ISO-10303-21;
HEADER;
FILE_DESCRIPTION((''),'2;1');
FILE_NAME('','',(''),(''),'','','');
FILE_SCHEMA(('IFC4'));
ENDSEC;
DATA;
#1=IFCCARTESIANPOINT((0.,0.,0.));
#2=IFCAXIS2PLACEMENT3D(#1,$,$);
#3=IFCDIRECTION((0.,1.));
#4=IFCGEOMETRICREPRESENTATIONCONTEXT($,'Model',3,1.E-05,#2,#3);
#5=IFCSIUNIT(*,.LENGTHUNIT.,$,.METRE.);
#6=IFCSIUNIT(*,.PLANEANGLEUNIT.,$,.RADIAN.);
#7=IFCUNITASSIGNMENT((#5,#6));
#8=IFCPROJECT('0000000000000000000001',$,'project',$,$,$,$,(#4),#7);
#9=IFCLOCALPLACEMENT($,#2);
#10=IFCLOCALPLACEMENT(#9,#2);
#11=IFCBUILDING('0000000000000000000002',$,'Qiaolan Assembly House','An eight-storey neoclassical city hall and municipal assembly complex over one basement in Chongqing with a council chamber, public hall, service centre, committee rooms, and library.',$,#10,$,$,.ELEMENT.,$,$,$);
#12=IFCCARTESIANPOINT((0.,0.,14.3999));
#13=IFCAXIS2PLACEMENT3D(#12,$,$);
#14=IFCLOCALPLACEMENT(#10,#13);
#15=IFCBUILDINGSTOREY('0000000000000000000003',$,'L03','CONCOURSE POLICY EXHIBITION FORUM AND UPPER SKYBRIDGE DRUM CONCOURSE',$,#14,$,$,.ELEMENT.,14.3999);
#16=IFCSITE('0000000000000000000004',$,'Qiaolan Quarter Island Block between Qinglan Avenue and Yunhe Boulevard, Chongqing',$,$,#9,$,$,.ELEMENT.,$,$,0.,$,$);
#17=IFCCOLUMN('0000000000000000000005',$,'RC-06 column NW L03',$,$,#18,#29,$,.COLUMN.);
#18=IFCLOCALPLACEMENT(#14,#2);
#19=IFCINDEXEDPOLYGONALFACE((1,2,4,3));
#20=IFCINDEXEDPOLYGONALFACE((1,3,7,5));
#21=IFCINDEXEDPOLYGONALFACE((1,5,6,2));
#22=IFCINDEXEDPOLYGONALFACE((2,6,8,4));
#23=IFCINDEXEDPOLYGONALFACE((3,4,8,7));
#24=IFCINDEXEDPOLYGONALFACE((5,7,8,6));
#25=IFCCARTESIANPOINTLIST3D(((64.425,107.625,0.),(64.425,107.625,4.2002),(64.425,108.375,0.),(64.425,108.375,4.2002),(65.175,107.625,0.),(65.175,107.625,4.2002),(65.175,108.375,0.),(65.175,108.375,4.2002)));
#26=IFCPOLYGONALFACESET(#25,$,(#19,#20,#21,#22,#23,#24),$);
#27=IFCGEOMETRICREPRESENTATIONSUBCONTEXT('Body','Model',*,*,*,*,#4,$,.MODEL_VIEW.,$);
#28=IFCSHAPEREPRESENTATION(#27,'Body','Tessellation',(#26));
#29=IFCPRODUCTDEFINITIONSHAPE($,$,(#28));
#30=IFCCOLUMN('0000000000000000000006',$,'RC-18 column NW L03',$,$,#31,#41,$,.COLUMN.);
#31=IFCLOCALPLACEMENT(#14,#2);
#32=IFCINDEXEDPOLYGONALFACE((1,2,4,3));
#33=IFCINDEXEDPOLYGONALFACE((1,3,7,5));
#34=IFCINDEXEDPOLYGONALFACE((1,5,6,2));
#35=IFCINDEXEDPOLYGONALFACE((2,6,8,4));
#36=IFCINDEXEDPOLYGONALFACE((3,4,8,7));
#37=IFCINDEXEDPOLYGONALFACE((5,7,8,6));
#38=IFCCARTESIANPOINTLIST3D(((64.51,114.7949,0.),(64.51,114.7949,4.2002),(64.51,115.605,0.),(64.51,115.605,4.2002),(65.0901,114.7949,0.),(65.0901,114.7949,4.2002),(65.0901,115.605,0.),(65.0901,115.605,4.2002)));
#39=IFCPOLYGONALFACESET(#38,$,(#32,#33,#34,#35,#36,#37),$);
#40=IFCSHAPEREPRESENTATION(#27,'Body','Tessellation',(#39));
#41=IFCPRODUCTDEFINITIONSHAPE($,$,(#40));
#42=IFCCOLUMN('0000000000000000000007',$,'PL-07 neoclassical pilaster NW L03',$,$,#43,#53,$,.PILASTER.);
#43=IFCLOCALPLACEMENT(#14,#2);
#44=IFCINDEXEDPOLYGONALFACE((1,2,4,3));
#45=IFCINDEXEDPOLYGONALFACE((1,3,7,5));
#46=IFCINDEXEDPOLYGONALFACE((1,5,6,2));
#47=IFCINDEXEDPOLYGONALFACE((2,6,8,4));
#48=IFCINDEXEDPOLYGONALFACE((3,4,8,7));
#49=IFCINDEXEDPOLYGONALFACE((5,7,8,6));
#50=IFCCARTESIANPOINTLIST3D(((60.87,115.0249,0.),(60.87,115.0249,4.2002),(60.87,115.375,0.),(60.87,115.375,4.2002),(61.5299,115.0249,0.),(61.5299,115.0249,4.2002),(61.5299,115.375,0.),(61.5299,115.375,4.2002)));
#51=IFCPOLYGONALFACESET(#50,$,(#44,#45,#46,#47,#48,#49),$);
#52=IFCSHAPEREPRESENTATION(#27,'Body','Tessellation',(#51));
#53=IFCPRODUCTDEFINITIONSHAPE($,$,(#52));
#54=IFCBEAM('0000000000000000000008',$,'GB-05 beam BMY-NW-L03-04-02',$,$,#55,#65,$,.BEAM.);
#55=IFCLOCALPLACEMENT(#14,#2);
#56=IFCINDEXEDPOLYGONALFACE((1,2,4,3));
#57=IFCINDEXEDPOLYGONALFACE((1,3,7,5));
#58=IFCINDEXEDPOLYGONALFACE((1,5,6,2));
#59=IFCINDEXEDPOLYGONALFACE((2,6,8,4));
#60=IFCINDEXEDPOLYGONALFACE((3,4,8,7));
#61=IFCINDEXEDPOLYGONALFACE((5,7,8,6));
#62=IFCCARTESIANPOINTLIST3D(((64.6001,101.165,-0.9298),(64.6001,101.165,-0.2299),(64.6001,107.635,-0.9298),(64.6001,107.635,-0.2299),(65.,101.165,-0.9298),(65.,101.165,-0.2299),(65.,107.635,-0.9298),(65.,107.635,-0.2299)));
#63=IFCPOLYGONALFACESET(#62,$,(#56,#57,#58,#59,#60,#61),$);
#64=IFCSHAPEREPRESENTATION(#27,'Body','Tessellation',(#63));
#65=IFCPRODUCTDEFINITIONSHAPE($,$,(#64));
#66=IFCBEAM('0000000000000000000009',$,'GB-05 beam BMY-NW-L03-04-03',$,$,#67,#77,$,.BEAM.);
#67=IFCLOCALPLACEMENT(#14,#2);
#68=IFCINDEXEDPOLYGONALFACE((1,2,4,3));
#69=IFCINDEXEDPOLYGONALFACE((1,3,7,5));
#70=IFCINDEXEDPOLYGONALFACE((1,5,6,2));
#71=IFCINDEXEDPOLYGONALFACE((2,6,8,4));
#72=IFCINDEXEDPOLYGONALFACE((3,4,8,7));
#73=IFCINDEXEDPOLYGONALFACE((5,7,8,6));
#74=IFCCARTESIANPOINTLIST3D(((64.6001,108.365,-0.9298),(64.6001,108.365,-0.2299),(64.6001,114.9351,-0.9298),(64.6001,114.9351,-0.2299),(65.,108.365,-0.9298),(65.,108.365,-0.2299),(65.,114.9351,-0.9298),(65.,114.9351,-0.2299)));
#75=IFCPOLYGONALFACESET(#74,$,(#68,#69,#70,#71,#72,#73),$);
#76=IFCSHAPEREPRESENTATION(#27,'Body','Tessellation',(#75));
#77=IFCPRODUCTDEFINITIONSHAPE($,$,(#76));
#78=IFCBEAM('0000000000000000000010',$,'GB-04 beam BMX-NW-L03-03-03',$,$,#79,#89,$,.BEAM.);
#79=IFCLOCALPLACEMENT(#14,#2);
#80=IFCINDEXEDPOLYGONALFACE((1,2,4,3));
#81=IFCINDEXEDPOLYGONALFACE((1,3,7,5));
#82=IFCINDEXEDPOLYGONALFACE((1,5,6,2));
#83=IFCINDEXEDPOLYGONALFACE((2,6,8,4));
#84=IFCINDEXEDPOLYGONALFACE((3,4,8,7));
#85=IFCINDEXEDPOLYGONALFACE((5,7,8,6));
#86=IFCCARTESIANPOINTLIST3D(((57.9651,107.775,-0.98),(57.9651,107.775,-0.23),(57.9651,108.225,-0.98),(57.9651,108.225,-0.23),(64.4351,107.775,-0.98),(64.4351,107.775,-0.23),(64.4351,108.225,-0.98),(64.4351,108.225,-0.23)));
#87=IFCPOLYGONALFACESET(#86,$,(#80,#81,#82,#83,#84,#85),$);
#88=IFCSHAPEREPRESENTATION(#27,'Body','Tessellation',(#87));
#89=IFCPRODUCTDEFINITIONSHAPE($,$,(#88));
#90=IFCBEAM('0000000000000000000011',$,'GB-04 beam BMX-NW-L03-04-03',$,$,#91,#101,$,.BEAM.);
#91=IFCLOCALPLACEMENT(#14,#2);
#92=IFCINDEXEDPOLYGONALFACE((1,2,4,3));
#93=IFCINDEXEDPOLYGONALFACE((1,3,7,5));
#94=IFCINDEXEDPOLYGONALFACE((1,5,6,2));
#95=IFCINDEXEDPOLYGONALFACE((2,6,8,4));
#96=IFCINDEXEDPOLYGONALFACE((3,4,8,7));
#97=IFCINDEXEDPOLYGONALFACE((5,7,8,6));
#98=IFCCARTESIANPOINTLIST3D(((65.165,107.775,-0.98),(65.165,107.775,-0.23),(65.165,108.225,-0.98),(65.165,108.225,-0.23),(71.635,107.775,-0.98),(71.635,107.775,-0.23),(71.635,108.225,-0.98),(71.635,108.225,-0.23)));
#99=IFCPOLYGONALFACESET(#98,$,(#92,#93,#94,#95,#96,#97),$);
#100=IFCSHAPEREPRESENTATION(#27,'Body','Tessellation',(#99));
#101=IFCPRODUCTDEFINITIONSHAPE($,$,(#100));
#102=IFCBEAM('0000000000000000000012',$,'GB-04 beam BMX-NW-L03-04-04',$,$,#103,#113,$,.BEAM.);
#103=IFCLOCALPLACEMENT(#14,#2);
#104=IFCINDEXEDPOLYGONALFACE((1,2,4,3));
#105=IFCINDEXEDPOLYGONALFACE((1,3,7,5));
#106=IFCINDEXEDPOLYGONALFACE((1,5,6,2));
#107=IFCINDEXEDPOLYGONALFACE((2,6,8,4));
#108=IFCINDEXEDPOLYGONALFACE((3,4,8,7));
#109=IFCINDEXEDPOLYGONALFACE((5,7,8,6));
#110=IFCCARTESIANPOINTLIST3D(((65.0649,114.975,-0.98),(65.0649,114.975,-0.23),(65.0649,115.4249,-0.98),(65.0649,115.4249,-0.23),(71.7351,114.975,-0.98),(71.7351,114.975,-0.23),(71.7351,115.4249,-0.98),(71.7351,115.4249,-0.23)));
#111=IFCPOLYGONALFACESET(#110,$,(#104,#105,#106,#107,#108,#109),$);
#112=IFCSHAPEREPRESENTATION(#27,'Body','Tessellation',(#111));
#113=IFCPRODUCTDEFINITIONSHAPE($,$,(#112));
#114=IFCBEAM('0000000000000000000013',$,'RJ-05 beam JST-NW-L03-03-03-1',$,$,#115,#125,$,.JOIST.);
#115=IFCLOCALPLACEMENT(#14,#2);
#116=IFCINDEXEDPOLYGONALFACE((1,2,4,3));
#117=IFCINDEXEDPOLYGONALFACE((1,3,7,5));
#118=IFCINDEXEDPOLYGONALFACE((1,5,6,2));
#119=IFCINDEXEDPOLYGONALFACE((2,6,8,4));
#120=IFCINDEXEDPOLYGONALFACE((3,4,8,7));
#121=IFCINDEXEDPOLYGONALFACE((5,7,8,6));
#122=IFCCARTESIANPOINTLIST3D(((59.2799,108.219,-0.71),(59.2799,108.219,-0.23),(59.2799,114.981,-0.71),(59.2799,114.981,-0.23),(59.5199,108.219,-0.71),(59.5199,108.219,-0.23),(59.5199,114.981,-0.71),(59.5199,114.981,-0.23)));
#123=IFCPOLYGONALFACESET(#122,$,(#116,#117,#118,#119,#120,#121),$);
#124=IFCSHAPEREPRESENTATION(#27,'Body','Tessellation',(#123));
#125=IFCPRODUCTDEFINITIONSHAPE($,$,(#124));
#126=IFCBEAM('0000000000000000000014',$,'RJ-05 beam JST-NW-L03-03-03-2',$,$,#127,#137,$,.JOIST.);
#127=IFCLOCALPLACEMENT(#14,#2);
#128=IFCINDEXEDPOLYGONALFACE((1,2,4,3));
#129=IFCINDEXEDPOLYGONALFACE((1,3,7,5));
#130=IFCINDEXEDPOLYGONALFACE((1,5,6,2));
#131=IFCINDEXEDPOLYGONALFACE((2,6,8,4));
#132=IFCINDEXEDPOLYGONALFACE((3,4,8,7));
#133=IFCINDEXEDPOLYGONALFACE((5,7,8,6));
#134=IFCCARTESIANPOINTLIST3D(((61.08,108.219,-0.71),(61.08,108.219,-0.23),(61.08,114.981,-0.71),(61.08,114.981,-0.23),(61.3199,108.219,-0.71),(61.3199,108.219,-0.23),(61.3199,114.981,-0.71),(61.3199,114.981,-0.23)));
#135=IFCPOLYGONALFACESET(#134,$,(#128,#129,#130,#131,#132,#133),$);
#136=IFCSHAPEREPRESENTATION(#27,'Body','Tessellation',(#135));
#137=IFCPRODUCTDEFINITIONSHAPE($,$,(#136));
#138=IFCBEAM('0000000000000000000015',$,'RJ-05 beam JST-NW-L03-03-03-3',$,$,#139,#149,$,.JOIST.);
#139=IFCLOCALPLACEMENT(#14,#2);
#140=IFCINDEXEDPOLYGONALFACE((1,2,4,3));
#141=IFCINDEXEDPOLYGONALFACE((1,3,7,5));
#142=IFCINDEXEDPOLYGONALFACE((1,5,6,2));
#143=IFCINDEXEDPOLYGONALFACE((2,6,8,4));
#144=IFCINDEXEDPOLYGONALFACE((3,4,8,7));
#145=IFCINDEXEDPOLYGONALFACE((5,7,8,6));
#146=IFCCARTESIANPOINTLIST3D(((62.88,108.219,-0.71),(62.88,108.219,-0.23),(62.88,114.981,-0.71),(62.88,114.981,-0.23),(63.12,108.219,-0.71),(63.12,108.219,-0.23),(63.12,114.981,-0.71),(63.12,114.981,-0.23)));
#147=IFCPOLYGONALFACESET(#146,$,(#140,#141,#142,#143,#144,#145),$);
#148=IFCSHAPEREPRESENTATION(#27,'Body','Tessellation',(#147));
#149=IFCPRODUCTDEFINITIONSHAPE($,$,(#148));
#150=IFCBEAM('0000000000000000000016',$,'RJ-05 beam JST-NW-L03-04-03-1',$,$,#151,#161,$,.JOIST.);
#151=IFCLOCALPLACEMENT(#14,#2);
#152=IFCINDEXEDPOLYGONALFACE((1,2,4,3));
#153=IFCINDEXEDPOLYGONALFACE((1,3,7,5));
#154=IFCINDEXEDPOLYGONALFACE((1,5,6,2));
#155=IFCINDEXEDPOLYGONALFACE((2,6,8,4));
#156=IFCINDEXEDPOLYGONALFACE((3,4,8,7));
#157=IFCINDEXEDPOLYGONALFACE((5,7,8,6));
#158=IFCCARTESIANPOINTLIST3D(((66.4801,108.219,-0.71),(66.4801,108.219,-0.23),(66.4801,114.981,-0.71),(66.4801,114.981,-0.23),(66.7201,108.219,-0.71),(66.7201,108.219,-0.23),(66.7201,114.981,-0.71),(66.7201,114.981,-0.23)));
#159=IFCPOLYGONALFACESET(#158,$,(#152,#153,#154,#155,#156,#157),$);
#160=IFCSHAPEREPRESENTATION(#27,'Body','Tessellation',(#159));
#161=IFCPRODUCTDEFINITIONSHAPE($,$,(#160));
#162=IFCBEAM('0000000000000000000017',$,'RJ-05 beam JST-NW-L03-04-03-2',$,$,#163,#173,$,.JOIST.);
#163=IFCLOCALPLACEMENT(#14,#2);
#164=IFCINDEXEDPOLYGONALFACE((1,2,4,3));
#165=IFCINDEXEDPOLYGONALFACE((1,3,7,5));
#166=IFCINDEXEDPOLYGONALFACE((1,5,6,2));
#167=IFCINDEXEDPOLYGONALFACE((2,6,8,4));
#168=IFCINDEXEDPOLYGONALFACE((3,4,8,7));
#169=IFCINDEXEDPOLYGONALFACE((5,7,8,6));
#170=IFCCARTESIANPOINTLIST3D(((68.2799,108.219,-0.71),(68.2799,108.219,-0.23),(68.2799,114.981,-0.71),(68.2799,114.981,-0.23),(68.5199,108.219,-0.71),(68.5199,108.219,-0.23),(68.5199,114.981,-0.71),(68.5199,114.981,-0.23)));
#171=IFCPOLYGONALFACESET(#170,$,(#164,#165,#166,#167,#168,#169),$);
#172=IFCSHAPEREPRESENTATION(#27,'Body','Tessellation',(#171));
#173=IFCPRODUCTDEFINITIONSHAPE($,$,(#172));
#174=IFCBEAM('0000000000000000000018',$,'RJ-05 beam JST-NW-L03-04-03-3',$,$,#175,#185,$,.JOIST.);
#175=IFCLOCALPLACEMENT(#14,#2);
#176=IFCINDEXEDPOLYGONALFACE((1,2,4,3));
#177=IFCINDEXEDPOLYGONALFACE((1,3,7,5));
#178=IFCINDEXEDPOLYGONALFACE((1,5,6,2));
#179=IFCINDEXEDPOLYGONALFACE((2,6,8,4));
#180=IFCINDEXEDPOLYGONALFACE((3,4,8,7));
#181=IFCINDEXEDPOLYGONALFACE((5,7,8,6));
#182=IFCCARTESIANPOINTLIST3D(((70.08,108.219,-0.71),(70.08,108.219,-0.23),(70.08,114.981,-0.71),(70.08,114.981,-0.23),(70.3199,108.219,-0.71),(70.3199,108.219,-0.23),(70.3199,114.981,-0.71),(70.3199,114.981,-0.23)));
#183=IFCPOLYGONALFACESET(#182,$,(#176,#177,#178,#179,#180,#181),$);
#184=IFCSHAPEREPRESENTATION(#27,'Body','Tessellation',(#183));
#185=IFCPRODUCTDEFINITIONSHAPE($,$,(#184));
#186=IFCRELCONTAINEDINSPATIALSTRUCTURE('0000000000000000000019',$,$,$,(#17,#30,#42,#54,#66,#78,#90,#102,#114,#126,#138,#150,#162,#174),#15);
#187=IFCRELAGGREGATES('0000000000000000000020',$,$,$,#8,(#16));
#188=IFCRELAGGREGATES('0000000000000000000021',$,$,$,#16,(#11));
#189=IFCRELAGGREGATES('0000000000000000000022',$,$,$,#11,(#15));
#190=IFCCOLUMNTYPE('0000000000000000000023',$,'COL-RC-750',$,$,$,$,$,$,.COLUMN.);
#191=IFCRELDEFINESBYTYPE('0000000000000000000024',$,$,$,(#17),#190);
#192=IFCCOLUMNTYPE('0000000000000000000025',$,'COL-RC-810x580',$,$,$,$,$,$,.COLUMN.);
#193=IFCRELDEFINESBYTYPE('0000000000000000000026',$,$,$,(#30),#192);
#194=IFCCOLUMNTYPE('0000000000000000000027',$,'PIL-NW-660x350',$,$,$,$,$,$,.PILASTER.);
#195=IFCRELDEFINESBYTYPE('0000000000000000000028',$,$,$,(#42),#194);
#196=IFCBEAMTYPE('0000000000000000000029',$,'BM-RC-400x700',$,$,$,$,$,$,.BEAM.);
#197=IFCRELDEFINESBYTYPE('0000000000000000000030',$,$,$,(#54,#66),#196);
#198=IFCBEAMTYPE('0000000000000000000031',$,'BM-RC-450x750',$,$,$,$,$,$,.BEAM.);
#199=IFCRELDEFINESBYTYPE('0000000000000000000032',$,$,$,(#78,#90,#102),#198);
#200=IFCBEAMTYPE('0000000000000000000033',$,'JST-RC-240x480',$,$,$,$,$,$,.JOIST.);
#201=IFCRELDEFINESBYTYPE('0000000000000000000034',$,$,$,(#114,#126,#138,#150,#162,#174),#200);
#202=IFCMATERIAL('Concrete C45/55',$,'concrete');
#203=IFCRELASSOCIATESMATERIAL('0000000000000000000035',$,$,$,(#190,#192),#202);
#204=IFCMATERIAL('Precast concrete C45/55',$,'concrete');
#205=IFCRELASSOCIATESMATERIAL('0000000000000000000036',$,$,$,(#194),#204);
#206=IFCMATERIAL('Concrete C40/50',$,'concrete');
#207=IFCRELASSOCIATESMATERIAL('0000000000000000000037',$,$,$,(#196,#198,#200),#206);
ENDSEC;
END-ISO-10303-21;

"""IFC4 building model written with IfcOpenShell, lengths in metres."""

from ifc_helpers import new_model, si_unit, direction, frame, origin, origin_2d, place, context, subcontext, project, spatial, rectangle, extrude, material, material_profile, profile_set, type_object, element, save


model = new_model("IFC4")

# Units and contexts
model_context = context("Model", 3, precision=1e-05, world=origin(), true_north=direction((0.0, 1.0)))
body_context = subcontext(model_context, "Body", "Model", "MODEL_VIEW")
ifc_project = project(units=[si_unit("LENGTHUNIT", "METRE"), si_unit("PLANEANGLEUNIT", "RADIAN")], contexts=[model_context])

# Site, building, storey
site_placement = place(None, origin())
site = spatial("IfcSite", under=ifc_project, at=site_placement, Name="Qiaolan Quarter Island Block between Qinglan Avenue and Yunhe Boulevard, Chongqing", CompositionType="ELEMENT", RefElevation=0.0)
building_placement = place(site_placement, origin())
building = spatial("IfcBuilding", under=site, at=building_placement, Name="Qiaolan Assembly House", Description="An eight-storey neoclassical city hall and municipal assembly complex over one basement in Chongqing with a council chamber, public hall, service centre, committee rooms, and library.", CompositionType="ELEMENT")
storey_placement = place(building_placement, frame((0.0, 0.0, 14.3999)))
storey = spatial("IfcBuildingStorey", under=building, at=storey_placement, Name="L03", Description="CONCOURSE POLICY EXHIBITION FORUM AND UPPER SKYBRIDGE DRUM CONCOURSE", CompositionType="ELEMENT", Elevation=14.3999)

# Columns
ifc_material_1 = material(Name="Concrete C45/55", Category="concrete")
ifc_material_profile_1 = material_profile(ifc_material_1, rectangle(XDim=0.75, YDim=0.75, at=origin_2d()), Name="RC 750x750")
ifc_profile_set_1 = profile_set([ifc_material_profile_1], Name="Concrete C45/55")
column_type_1 = type_object("IfcColumnType", Name="COL-RC-750", PredefinedType="COLUMN", material=ifc_profile_set_1)
column_1_placement = place(storey_placement, frame((64.8, 108.0, 0.0), z_axis=(0.0, 0.0, 1.0), x_axis=(1.0, 0.0, 0.0)))
element("IfcColumn", 1, at=column_1_placement, inside=storey, type_object=column_type_1, Name="RC-06 column NW L03", PredefinedType="COLUMN", context=body_context, shape_type="SweptSolid", body=[
    extrude(rectangle(XDim=0.75, YDim=0.75, at=origin_2d()), origin(), (0.0, 0.0, 1.0), 4.2002),
])
ifc_material_profile_2 = material_profile(ifc_material_1, rectangle(XDim=0.5801, YDim=0.8101, at=origin_2d()), Name="RC 810x580")
ifc_profile_set_2 = profile_set([ifc_material_profile_2], Name="Concrete C45/55")
column_type_2 = type_object("IfcColumnType", Name="COL-RC-810x580", PredefinedType="COLUMN", material=ifc_profile_set_2)
column_2_placement = place(storey_placement, frame((64.8, 115.2, 0.0), z_axis=(0.0, 0.0, 1.0), x_axis=(1.0, 0.0, 0.0)))
element("IfcColumn", 2, at=column_2_placement, inside=storey, type_object=column_type_2, Name="RC-18 column NW L03", PredefinedType="COLUMN", context=body_context, shape_type="SweptSolid", body=[
    extrude(rectangle(XDim=0.5801, YDim=0.8101, at=origin_2d()), origin(), (0.0, 0.0, 1.0), 4.2002),
])
ifc_material_2 = material(Name="Precast concrete C45/55", Category="concrete")
ifc_material_profile_3 = material_profile(ifc_material_2, rectangle(XDim=0.6599, YDim=0.3501, at=origin_2d()), Name="PIL 660x350")
ifc_profile_set_3 = profile_set([ifc_material_profile_3], Name="Precast concrete C45/55")
column_type_3 = type_object("IfcColumnType", Name="PIL-NW-660x350", PredefinedType="PILASTER", material=ifc_profile_set_3)
column_3_placement = place(storey_placement, frame((61.2, 115.2, 0.0), z_axis=(0.0, 0.0, 1.0), x_axis=(1.0, 0.0, 0.0)))
element("IfcColumn", 3, at=column_3_placement, inside=storey, type_object=column_type_3, Name="PL-07 neoclassical pilaster NW L03", PredefinedType="PILASTER", context=body_context, shape_type="SweptSolid", body=[
    extrude(rectangle(XDim=0.6599, YDim=0.3501, at=origin_2d()), origin(), (0.0, 0.0, 1.0), 4.2002),
])

# Beams
ifc_material_3 = material(Name="Concrete C40/50", Category="concrete")
ifc_material_profile_4 = material_profile(ifc_material_3, rectangle(XDim=0.3999, YDim=0.7, at=origin_2d()), Name="RCB 400x700")
ifc_profile_set_4 = profile_set([ifc_material_profile_4], Name="Concrete C40/50")
beam_type_1 = type_object("IfcBeamType", Name="BM-RC-400x700", PredefinedType="BEAM", material=ifc_profile_set_4)
beam_1_placement = place(storey_placement, frame((64.8, 101.165, -0.5798), z_axis=(0.0, 1.0, 0.0), x_axis=(-1.0, 0.0, 0.0)))
element("IfcBeam", 4, at=beam_1_placement, inside=storey, type_object=beam_type_1, Name="GB-05 beam BMY-NW-L03-04-02", PredefinedType="BEAM", context=body_context, shape_type="SweptSolid", body=[
    extrude(rectangle(XDim=0.3999, YDim=0.7, at=origin_2d()), origin(), (0.0, 0.0, 1.0), 6.47),
])
beam_2_placement = place(storey_placement, frame((64.8, 108.365, -0.5798), z_axis=(0.0, 1.0, 0.0), x_axis=(-1.0, 0.0, 0.0)))
element("IfcBeam", 5, at=beam_2_placement, inside=storey, type_object=beam_type_1, Name="GB-05 beam BMY-NW-L03-04-03", PredefinedType="BEAM", context=body_context, shape_type="SweptSolid", body=[
    extrude(rectangle(XDim=0.3999, YDim=0.7, at=origin_2d()), origin(), (0.0, 0.0, 1.0), 6.5701),
])
ifc_material_profile_5 = material_profile(ifc_material_3, rectangle(XDim=0.45, YDim=0.75, at=origin_2d()), Name="RCB 450x750")
ifc_profile_set_5 = profile_set([ifc_material_profile_5], Name="Concrete C40/50")
beam_type_2 = type_object("IfcBeamType", Name="BM-RC-450x750", PredefinedType="BEAM", material=ifc_profile_set_5)
for number, where, z_axis, x_axis, name in (
    (6, (57.9651, 108.0, -0.605), (1.0, 0.0, 0.0), (0.0, 1.0, 0.0), "GB-04 beam BMX-NW-L03-03-03"),
    (7, (65.165, 108.0, -0.605), (1.0, 0.0, 0.0), (0.0, 1.0, 0.0), "GB-04 beam BMX-NW-L03-04-03"),
):
    element("IfcBeam", number, at=place(storey_placement, frame(where, z_axis=z_axis, x_axis=x_axis)), inside=storey, type_object=beam_type_2, Name=name, PredefinedType="BEAM", context=body_context, shape_type="SweptSolid", body=[
        extrude(rectangle(XDim=0.45, YDim=0.75, at=origin_2d()), origin(), (0.0, 0.0, 1.0), 6.47),
    ])
beam_3_placement = place(storey_placement, frame((65.0649, 115.2, -0.605), z_axis=(1.0, 0.0, 0.0), x_axis=(0.0, 1.0, 0.0)))
element("IfcBeam", 8, at=beam_3_placement, inside=storey, type_object=beam_type_2, Name="GB-04 beam BMX-NW-L03-04-04", PredefinedType="BEAM", context=body_context, shape_type="SweptSolid", body=[
    extrude(rectangle(XDim=0.45, YDim=0.75, at=origin_2d()), origin(), (0.0, 0.0, 1.0), 6.6702),
])
ifc_material_profile_6 = material_profile(ifc_material_3, rectangle(XDim=0.24, YDim=0.48, at=origin_2d()), Name="RCB 240x480")
ifc_profile_set_6 = profile_set([ifc_material_profile_6], Name="Concrete C40/50")
beam_type_3 = type_object("IfcBeamType", Name="JST-RC-240x480", PredefinedType="JOIST", material=ifc_profile_set_6)
for number, where, z_axis, x_axis, name in (
    (9, (59.3999, 108.219, -0.47), (0.0, 1.0, 0.0), (-1.0, 0.0, 0.0), "RJ-05 beam JST-NW-L03-03-03-1"),
    (10, (61.2, 108.219, -0.47), (0.0, 1.0, 0.0), (-1.0, 0.0, 0.0), "RJ-05 beam JST-NW-L03-03-03-2"),
    (11, (63.0, 108.219, -0.47), (0.0, 1.0, 0.0), (-1.0, 0.0, 0.0), "RJ-05 beam JST-NW-L03-03-03-3"),
    (12, (66.6001, 108.219, -0.47), (0.0, 1.0, 0.0), (-1.0, 0.0, 0.0), "RJ-05 beam JST-NW-L03-04-03-1"),
    (13, (68.3999, 108.219, -0.47), (0.0, 1.0, 0.0), (-1.0, 0.0, 0.0), "RJ-05 beam JST-NW-L03-04-03-2"),
    (14, (70.2, 108.219, -0.47), (0.0, 1.0, 0.0), (-1.0, 0.0, 0.0), "RJ-05 beam JST-NW-L03-04-03-3"),
):
    element("IfcBeam", number, at=place(storey_placement, frame(where, z_axis=z_axis, x_axis=x_axis)), inside=storey, type_object=beam_type_3, Name=name, PredefinedType="JOIST", context=body_context, shape_type="SweptSolid", body=[
        extrude(rectangle(XDim=0.24, YDim=0.48, at=origin_2d()), origin(), (0.0, 0.0, 1.0), 6.762),
    ])

save(model, "model.ifc")
